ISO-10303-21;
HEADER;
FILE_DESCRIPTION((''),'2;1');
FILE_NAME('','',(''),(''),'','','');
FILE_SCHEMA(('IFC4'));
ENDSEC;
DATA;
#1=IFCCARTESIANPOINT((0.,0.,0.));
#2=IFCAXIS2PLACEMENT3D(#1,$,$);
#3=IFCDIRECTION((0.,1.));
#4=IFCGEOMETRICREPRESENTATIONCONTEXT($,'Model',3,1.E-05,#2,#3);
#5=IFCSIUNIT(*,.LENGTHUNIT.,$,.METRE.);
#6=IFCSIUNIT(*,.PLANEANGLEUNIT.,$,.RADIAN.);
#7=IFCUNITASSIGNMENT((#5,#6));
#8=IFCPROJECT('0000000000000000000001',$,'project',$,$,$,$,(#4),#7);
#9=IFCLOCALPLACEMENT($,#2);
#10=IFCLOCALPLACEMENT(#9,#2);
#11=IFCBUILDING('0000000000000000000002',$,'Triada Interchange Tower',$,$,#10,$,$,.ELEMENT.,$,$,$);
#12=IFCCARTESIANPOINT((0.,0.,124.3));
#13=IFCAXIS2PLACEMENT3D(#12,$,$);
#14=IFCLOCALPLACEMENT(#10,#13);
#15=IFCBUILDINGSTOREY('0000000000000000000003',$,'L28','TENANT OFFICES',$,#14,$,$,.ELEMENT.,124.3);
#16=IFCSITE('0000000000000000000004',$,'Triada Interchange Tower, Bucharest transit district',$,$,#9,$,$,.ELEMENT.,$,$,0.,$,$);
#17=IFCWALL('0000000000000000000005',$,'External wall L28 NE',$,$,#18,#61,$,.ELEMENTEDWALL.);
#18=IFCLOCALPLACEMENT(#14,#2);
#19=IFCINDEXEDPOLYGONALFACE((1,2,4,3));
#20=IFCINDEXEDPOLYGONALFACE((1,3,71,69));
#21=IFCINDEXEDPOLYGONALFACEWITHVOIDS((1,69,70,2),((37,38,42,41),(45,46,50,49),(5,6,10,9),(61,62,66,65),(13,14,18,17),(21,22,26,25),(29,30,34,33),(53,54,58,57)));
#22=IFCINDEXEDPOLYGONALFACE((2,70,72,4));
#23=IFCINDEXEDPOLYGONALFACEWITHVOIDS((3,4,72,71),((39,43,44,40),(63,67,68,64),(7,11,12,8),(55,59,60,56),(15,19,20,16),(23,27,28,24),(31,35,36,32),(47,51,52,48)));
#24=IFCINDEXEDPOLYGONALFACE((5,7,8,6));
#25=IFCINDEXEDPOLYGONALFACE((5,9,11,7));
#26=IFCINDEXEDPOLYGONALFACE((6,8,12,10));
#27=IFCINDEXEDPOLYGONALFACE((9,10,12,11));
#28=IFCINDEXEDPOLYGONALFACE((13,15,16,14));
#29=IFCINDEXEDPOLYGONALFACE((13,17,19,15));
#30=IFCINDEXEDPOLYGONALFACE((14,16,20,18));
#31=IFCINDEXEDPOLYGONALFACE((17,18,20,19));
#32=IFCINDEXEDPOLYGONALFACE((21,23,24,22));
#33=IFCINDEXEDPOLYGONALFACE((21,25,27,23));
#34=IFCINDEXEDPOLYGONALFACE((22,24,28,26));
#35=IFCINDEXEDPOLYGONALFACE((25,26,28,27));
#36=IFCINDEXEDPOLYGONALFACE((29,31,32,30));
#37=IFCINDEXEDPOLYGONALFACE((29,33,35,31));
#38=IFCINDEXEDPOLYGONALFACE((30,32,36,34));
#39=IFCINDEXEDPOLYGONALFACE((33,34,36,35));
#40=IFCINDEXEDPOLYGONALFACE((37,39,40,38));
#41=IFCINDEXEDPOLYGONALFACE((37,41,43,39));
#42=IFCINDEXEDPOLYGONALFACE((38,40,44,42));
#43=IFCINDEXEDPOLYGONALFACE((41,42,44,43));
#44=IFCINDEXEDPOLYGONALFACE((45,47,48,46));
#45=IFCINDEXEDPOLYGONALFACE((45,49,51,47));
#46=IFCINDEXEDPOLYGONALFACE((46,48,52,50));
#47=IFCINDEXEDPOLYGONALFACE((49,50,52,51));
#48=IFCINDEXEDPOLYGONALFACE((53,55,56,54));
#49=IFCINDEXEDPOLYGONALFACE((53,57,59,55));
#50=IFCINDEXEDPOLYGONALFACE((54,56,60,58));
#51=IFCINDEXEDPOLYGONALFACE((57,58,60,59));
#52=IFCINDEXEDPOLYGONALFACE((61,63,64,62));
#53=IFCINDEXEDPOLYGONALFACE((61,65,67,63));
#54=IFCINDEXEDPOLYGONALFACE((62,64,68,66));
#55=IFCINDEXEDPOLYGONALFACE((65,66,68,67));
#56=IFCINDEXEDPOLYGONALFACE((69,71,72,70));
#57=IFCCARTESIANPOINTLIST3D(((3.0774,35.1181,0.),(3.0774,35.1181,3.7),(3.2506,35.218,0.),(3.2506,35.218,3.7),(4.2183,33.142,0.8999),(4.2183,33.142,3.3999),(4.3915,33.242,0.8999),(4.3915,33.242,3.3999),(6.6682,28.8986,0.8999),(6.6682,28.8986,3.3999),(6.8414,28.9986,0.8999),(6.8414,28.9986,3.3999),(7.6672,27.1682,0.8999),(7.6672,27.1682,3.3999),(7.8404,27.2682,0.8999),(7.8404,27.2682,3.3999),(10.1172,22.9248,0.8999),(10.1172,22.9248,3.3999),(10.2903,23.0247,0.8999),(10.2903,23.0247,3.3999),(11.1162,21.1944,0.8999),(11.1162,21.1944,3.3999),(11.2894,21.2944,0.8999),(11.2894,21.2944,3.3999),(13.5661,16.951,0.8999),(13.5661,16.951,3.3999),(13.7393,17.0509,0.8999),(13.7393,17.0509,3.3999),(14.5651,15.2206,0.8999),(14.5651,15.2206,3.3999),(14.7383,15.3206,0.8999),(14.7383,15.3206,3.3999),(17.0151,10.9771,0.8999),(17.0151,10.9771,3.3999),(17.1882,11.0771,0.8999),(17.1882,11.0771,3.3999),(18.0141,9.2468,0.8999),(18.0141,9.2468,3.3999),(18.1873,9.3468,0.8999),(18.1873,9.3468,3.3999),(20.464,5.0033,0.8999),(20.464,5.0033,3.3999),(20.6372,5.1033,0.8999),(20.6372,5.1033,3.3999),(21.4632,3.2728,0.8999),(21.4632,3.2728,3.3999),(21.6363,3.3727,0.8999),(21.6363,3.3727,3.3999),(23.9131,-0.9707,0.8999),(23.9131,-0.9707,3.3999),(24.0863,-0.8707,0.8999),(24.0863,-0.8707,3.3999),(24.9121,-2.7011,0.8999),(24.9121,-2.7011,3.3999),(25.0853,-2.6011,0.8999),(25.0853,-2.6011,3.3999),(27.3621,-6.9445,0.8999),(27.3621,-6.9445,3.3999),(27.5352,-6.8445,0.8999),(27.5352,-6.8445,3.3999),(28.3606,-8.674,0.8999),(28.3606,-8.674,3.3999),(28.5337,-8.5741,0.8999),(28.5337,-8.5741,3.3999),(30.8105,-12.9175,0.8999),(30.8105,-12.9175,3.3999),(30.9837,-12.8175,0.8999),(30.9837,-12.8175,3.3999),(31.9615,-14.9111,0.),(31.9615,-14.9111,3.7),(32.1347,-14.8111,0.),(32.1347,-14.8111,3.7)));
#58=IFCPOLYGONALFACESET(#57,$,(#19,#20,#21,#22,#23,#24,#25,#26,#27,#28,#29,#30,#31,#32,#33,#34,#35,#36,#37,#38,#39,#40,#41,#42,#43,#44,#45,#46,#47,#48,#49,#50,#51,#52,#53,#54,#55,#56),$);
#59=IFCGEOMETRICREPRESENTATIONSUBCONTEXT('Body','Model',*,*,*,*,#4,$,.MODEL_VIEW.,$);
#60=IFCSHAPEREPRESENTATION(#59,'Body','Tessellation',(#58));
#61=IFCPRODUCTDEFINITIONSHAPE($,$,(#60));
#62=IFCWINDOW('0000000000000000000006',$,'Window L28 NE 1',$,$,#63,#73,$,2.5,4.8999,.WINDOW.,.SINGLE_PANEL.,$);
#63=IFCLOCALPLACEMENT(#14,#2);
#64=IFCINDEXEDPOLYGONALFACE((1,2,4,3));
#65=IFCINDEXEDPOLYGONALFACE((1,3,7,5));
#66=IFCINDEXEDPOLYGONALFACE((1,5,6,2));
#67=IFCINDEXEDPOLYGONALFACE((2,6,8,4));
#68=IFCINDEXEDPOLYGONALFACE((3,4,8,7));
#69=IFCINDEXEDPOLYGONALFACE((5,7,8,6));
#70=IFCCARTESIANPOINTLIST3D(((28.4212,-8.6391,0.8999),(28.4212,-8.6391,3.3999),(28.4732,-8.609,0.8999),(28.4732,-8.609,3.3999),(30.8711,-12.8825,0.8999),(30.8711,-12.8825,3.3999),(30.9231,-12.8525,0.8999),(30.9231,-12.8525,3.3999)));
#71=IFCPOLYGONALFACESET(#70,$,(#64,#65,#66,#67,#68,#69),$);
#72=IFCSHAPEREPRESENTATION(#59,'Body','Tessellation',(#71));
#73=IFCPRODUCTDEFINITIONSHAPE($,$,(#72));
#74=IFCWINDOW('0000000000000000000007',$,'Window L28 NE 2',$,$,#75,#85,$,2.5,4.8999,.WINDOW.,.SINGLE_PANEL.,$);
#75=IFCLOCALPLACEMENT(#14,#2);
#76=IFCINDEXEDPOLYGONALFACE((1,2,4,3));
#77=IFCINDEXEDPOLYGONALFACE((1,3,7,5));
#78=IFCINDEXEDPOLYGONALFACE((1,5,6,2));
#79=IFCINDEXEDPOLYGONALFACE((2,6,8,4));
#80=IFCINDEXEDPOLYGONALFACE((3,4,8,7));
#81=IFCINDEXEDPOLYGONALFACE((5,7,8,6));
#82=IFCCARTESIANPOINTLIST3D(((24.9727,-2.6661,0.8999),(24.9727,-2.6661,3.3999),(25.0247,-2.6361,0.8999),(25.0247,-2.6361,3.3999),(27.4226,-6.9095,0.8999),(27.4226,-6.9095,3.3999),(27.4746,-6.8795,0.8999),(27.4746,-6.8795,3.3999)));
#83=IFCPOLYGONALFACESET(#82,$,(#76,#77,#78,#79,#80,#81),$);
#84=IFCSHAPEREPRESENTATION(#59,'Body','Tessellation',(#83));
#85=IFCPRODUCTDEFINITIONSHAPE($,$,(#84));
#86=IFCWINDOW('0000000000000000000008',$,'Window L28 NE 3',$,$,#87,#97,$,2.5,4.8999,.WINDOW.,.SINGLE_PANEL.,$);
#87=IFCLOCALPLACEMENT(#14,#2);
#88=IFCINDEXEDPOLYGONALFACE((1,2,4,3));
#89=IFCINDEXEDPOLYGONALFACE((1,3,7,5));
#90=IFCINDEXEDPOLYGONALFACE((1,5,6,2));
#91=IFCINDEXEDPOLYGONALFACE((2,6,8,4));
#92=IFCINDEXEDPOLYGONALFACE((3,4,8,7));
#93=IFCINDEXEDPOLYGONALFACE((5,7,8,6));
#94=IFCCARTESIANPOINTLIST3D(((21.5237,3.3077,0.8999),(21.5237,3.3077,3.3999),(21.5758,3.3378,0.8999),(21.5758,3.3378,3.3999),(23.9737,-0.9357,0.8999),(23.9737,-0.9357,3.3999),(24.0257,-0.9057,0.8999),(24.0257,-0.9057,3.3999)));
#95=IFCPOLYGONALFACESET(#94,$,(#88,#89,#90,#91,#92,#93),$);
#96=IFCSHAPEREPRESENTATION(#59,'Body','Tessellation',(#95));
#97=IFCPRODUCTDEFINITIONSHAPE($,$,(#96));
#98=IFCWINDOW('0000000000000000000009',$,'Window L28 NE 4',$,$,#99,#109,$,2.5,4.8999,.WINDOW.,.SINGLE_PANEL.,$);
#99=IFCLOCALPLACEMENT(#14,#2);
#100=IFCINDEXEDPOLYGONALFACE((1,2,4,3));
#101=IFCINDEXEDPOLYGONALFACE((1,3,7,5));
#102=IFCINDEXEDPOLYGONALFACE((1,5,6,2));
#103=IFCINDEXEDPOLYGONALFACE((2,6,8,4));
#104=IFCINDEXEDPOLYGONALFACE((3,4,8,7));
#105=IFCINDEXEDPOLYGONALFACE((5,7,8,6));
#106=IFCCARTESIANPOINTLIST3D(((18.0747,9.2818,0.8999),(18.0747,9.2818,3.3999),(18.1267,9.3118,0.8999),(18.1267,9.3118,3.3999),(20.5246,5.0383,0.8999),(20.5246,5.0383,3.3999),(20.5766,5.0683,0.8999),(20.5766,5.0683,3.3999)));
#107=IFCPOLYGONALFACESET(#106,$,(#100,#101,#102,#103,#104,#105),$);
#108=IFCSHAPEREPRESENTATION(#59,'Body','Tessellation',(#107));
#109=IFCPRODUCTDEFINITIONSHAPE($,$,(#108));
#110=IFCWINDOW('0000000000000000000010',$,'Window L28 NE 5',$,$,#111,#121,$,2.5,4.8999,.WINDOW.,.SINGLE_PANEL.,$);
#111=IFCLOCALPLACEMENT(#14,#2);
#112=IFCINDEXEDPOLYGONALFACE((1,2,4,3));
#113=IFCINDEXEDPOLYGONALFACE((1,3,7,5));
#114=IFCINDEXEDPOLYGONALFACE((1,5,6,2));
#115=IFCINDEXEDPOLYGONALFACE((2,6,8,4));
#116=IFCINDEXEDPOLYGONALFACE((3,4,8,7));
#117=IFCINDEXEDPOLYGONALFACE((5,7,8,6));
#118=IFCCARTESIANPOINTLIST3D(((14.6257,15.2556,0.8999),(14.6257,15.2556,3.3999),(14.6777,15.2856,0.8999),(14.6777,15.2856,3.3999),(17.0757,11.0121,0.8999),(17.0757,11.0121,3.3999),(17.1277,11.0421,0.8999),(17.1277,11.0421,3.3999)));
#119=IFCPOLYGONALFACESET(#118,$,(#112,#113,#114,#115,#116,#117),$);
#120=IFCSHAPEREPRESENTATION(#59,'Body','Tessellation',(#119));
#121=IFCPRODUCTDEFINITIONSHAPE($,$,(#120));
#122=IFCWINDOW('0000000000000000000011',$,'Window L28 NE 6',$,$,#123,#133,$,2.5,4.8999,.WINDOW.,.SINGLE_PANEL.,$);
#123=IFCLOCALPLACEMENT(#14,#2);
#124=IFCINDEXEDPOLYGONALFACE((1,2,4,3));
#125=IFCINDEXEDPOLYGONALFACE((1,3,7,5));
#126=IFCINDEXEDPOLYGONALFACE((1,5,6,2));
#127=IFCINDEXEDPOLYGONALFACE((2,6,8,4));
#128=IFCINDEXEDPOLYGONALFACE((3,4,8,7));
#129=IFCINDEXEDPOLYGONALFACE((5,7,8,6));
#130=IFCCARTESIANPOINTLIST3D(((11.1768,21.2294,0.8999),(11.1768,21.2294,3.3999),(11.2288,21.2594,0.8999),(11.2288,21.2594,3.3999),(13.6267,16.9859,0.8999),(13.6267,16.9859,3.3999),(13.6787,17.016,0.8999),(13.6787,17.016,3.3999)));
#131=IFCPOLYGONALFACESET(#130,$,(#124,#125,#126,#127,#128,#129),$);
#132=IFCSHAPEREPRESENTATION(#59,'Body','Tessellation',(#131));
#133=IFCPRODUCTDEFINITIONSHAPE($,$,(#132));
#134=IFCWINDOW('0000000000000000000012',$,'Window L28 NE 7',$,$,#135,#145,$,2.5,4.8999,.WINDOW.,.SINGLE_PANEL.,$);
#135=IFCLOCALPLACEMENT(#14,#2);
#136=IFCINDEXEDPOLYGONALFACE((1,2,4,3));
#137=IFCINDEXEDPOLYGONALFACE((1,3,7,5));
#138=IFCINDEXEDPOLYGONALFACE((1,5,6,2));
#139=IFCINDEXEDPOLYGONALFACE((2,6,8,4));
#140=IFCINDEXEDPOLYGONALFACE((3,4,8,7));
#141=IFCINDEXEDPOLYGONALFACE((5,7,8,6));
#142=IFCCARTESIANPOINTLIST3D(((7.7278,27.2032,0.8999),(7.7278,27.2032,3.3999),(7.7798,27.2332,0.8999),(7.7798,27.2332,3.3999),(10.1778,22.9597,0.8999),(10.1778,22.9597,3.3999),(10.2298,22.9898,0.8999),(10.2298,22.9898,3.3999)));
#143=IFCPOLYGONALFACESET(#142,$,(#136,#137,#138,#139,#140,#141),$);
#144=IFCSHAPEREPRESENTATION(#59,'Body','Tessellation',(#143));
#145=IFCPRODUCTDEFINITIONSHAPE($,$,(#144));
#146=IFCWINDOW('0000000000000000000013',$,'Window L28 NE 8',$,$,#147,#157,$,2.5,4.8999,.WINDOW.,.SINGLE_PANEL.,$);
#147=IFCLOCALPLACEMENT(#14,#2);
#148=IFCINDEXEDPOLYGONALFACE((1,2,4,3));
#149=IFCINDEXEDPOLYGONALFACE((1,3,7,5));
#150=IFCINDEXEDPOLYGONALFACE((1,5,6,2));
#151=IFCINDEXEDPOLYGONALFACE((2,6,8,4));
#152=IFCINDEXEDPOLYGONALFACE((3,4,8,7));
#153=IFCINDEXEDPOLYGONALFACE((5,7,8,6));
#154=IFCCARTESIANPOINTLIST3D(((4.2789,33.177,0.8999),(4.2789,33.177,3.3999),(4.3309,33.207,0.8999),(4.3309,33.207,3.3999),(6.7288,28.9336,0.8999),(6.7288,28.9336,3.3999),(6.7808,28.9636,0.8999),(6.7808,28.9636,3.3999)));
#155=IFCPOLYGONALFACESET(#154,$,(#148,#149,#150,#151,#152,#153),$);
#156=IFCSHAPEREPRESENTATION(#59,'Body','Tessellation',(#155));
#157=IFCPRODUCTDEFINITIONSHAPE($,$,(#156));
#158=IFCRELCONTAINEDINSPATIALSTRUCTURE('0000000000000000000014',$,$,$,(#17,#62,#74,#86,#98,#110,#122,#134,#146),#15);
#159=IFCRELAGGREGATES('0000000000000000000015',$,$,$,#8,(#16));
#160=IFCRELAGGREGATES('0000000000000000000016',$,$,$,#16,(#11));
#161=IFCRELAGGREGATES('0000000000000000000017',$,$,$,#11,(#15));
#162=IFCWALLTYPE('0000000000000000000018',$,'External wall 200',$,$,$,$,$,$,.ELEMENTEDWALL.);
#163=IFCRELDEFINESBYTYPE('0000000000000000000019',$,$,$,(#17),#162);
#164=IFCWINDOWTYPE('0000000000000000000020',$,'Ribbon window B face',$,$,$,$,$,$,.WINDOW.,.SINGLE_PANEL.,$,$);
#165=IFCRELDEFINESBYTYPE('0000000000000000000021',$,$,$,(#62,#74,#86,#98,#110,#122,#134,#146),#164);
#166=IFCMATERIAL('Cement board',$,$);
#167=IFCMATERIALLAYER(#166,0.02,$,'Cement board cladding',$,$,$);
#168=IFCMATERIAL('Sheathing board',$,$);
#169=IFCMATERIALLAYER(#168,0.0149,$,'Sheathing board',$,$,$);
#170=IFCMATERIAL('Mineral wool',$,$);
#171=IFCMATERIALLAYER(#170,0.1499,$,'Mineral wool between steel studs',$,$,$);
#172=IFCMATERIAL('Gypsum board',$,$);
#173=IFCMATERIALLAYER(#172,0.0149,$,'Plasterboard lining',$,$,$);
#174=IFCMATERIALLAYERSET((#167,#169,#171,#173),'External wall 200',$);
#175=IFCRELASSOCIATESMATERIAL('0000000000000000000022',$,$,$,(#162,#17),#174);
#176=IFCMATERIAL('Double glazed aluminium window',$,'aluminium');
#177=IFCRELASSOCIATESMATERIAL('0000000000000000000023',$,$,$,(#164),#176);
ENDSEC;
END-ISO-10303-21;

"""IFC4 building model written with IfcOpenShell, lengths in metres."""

from ifc_helpers import new_model, si_unit, direction, frame, frame_2d, origin, place, context, subcontext, project, spatial, rectangle, extrude, material, layer, layer_set, layer_usage, type_object, element, fill, save


model = new_model("IFC4")

# Units and contexts
model_context = context("Model", 3, precision=1e-05, world=origin(), true_north=direction((0.0, 1.0)))
body_context = subcontext(model_context, "Body", "Model", "MODEL_VIEW")
ifc_project = project(units=[si_unit("LENGTHUNIT", "METRE"), si_unit("PLANEANGLEUNIT", "RADIAN")], contexts=[model_context])

# Site, building, storey
site_placement = place(None, origin())
site = spatial("IfcSite", under=ifc_project, at=site_placement, Name="Triada Interchange Tower, Bucharest transit district", CompositionType="ELEMENT", RefElevation=0.0)
building_placement = place(site_placement, origin())
building = spatial("IfcBuilding", under=site, at=building_placement, Name="Triada Interchange Tower", CompositionType="ELEMENT")
storey_placement = place(building_placement, frame((0.0, 0.0, 124.3)))
storey = spatial("IfcBuildingStorey", under=building, at=storey_placement, Name="L28", Description="TENANT OFFICES", CompositionType="ELEMENT", Elevation=124.3)

# Shared definitions
ifc_material_1 = material(Name="Cement board")
ifc_layer_1 = layer(ifc_material_1, 0.02, Name="Cement board cladding")
ifc_material_2 = material(Name="Sheathing board")
ifc_layer_2 = layer(ifc_material_2, 0.0149, Name="Sheathing board")
ifc_material_3 = material(Name="Mineral wool")
ifc_layer_3 = layer(ifc_material_3, 0.1499, Name="Mineral wool between steel studs")
ifc_material_4 = material(Name="Gypsum board")
ifc_layer_4 = layer(ifc_material_4, 0.0149, Name="Plasterboard lining")
ifc_layer_set_1 = layer_set([ifc_layer_1, ifc_layer_2, ifc_layer_3, ifc_layer_4], Name="External wall 200")
ifc_layer_usage = layer_usage(ifc_layer_set_1, "AXIS2", "POSITIVE", -0.1001)
wall_type_1 = type_object("IfcWallType", Name="External wall 200", PredefinedType="ELEMENTEDWALL", material=ifc_layer_set_1)
ifc_material_5 = material(Name="Double glazed aluminium window", Category="aluminium")

# Wall, openings, windows
wall_1_placement = place(storey_placement, frame((32.0481, -14.8611, 0.0), z_axis=(0.0, 0.0, 1.0), x_axis=(-0.499997, 0.866027, 0.0)))
wall_1 = element("IfcWall", 1, at=wall_1_placement, inside=storey, type_object=wall_type_1, material=ifc_layer_usage, Name="External wall L28 NE", PredefinedType="ELEMENTEDWALL", context=body_context, shape_type="SweptSolid", body=[
    extrude(rectangle(XDim=57.7686, YDim=0.2, at=frame_2d((28.8843, 0.0))), origin(), (0.0, 0.0, 1.0), 3.7),
])
opening_1_placement = place(wall_1_placement, frame((2.302, 0.0, 0.8999)))
opening_1 = element("IfcOpeningElement", 2, at=opening_1_placement, cuts=wall_1, PredefinedType="OPENING", context=body_context, shape_type="SweptSolid", body=[
    extrude(rectangle(XDim=4.8999, YDim=2.5, at=frame_2d((2.45, 1.25))), frame((0.0, 0.1099, 0.0), z_axis=(0.0, -1.0, 0.0), x_axis=(1.0, 0.0, 0.0)), (0.0, 0.0, 1.0), 0.22),
])
opening_2_placement = place(wall_1_placement, frame((9.199, 0.0, 0.8999)))
opening_2 = element("IfcOpeningElement", 3, at=opening_2_placement, cuts=wall_1, PredefinedType="OPENING", context=body_context, shape_type="SweptSolid", body=[
    extrude(rectangle(XDim=4.8999, YDim=2.5, at=frame_2d((2.45, 1.25))), frame((0.0, 0.1099, 0.0), z_axis=(0.0, -1.0, 0.0), x_axis=(1.0, 0.0, 0.0)), (0.0, 0.0, 1.0), 0.22),
])
opening_3_placement = place(wall_1_placement, frame((16.0969, 0.0, 0.8999)))
opening_3 = element("IfcOpeningElement", 4, at=opening_3_placement, cuts=wall_1, PredefinedType="OPENING", context=body_context, shape_type="SweptSolid", body=[
    extrude(rectangle(XDim=4.8999, YDim=2.5, at=frame_2d((2.45, 1.25))), frame((0.0, 0.1099, 0.0), z_axis=(0.0, -1.0, 0.0), x_axis=(1.0, 0.0, 0.0)), (0.0, 0.0, 1.0), 0.22),
])
opening_4_placement = place(wall_1_placement, frame((22.9951, 0.0, 0.8999)))
opening_4 = element("IfcOpeningElement", 5, at=opening_4_placement, cuts=wall_1, PredefinedType="OPENING", context=body_context, shape_type="SweptSolid", body=[
    extrude(rectangle(XDim=4.8999, YDim=2.5, at=frame_2d((2.45, 1.25))), frame((0.0, 0.1099, 0.0), z_axis=(0.0, -1.0, 0.0), x_axis=(1.0, 0.0, 0.0)), (0.0, 0.0, 1.0), 0.22),
])
opening_5_placement = place(wall_1_placement, frame((29.8931, 0.0, 0.8999)))
opening_5 = element("IfcOpeningElement", 6, at=opening_5_placement, cuts=wall_1, PredefinedType="OPENING", context=body_context, shape_type="SweptSolid", body=[
    extrude(rectangle(XDim=4.8999, YDim=2.5, at=frame_2d((2.45, 1.25))), frame((0.0, 0.1099, 0.0), z_axis=(0.0, -1.0, 0.0), x_axis=(1.0, 0.0, 0.0)), (0.0, 0.0, 1.0), 0.22),
])
opening_6_placement = place(wall_1_placement, frame((36.791, 0.0, 0.8999)))
opening_6 = element("IfcOpeningElement", 7, at=opening_6_placement, cuts=wall_1, PredefinedType="OPENING", context=body_context, shape_type="SweptSolid", body=[
    extrude(rectangle(XDim=4.8999, YDim=2.5, at=frame_2d((2.45, 1.25))), frame((0.0, 0.1099, 0.0), z_axis=(0.0, -1.0, 0.0), x_axis=(1.0, 0.0, 0.0)), (0.0, 0.0, 1.0), 0.22),
])
opening_7_placement = place(wall_1_placement, frame((43.689, 0.0, 0.8999)))
opening_7 = element("IfcOpeningElement", 8, at=opening_7_placement, cuts=wall_1, PredefinedType="OPENING", context=body_context, shape_type="SweptSolid", body=[
    extrude(rectangle(XDim=4.8999, YDim=2.5, at=frame_2d((2.45, 1.25))), frame((0.0, 0.1099, 0.0), z_axis=(0.0, -1.0, 0.0), x_axis=(1.0, 0.0, 0.0)), (0.0, 0.0, 1.0), 0.22),
])
opening_8_placement = place(wall_1_placement, frame((50.5869, 0.0, 0.8999)))
opening_8 = element("IfcOpeningElement", 9, at=opening_8_placement, cuts=wall_1, PredefinedType="OPENING", context=body_context, shape_type="SweptSolid", body=[
    extrude(rectangle(XDim=4.8999, YDim=2.5, at=frame_2d((2.45, 1.25))), frame((0.0, 0.1099, 0.0), z_axis=(0.0, -1.0, 0.0), x_axis=(1.0, 0.0, 0.0)), (0.0, 0.0, 1.0), 0.22),
])
window_type_1 = type_object("IfcWindowType", Name="Ribbon window B face", PartitioningType="SINGLE_PANEL", PredefinedType="WINDOW", material=ifc_material_5)
window_1_placement = place(opening_1_placement, origin())
window_1 = element("IfcWindow", 10, at=window_1_placement, inside=storey, type_object=window_type_1, Name="Window L28 NE 1", OverallHeight=2.5, OverallWidth=4.8999, PartitioningType="SINGLE_PANEL", PredefinedType="WINDOW", context=body_context, shape_type="SweptSolid", body=[
    extrude(rectangle(XDim=4.8999, YDim=2.5, at=frame_2d((2.45, 1.25))), frame((0.0, 0.03, 0.0), z_axis=(0.0, -1.0, 0.0), x_axis=(1.0, 0.0, 0.0)), (0.0, 0.0, 1.0), 0.0601),
])
fill(opening_1, window_1)
window_2_placement = place(opening_2_placement, origin())
window_2 = element("IfcWindow", 11, at=window_2_placement, inside=storey, type_object=window_type_1, Name="Window L28 NE 2", OverallHeight=2.5, OverallWidth=4.8999, PartitioningType="SINGLE_PANEL", PredefinedType="WINDOW", context=body_context, shape_type="SweptSolid", body=[
    extrude(rectangle(XDim=4.8999, YDim=2.5, at=frame_2d((2.45, 1.25))), frame((0.0, 0.03, 0.0), z_axis=(0.0, -1.0, 0.0), x_axis=(1.0, 0.0, 0.0)), (0.0, 0.0, 1.0), 0.0601),
])
fill(opening_2, window_2)
window_3_placement = place(opening_3_placement, origin())
window_3 = element("IfcWindow", 12, at=window_3_placement, inside=storey, type_object=window_type_1, Name="Window L28 NE 3", OverallHeight=2.5, OverallWidth=4.8999, PartitioningType="SINGLE_PANEL", PredefinedType="WINDOW", context=body_context, shape_type="SweptSolid", body=[
    extrude(rectangle(XDim=4.8999, YDim=2.5, at=frame_2d((2.45, 1.25))), frame((0.0, 0.03, 0.0), z_axis=(0.0, -1.0, 0.0), x_axis=(1.0, 0.0, 0.0)), (0.0, 0.0, 1.0), 0.0601),
])
fill(opening_3, window_3)
window_4_placement = place(opening_4_placement, origin())
window_4 = element("IfcWindow", 13, at=window_4_placement, inside=storey, type_object=window_type_1, Name="Window L28 NE 4", OverallHeight=2.5, OverallWidth=4.8999, PartitioningType="SINGLE_PANEL", PredefinedType="WINDOW", context=body_context, shape_type="SweptSolid", body=[
    extrude(rectangle(XDim=4.8999, YDim=2.5, at=frame_2d((2.45, 1.25))), frame((0.0, 0.03, 0.0), z_axis=(0.0, -1.0, 0.0), x_axis=(1.0, 0.0, 0.0)), (0.0, 0.0, 1.0), 0.0601),
])
fill(opening_4, window_4)
window_5_placement = place(opening_5_placement, origin())
window_5 = element("IfcWindow", 14, at=window_5_placement, inside=storey, type_object=window_type_1, Name="Window L28 NE 5", OverallHeight=2.5, OverallWidth=4.8999, PartitioningType="SINGLE_PANEL", PredefinedType="WINDOW", context=body_context, shape_type="SweptSolid", body=[
    extrude(rectangle(XDim=4.8999, YDim=2.5, at=frame_2d((2.45, 1.25))), frame((0.0, 0.03, 0.0), z_axis=(0.0, -1.0, 0.0), x_axis=(1.0, 0.0, 0.0)), (0.0, 0.0, 1.0), 0.0601),
])
fill(opening_5, window_5)
window_6_placement = place(opening_6_placement, origin())
window_6 = element("IfcWindow", 15, at=window_6_placement, inside=storey, type_object=window_type_1, Name="Window L28 NE 6", OverallHeight=2.5, OverallWidth=4.8999, PartitioningType="SINGLE_PANEL", PredefinedType="WINDOW", context=body_context, shape_type="SweptSolid", body=[
    extrude(rectangle(XDim=4.8999, YDim=2.5, at=frame_2d((2.45, 1.25))), frame((0.0, 0.03, 0.0), z_axis=(0.0, -1.0, 0.0), x_axis=(1.0, 0.0, 0.0)), (0.0, 0.0, 1.0), 0.0601),
])
fill(opening_6, window_6)
window_7_placement = place(opening_7_placement, origin())
window_7 = element("IfcWindow", 16, at=window_7_placement, inside=storey, type_object=window_type_1, Name="Window L28 NE 7", OverallHeight=2.5, OverallWidth=4.8999, PartitioningType="SINGLE_PANEL", PredefinedType="WINDOW", context=body_context, shape_type="SweptSolid", body=[
    extrude(rectangle(XDim=4.8999, YDim=2.5, at=frame_2d((2.45, 1.25))), frame((0.0, 0.03, 0.0), z_axis=(0.0, -1.0, 0.0), x_axis=(1.0, 0.0, 0.0)), (0.0, 0.0, 1.0), 0.0601),
])
fill(opening_7, window_7)
window_8_placement = place(opening_8_placement, origin())
window_8 = element("IfcWindow", 17, at=window_8_placement, inside=storey, type_object=window_type_1, Name="Window L28 NE 8", OverallHeight=2.5, OverallWidth=4.8999, PartitioningType="SINGLE_PANEL", PredefinedType="WINDOW", context=body_context, shape_type="SweptSolid", body=[
    extrude(rectangle(XDim=4.8999, YDim=2.5, at=frame_2d((2.45, 1.25))), frame((0.0, 0.03, 0.0), z_axis=(0.0, -1.0, 0.0), x_axis=(1.0, 0.0, 0.0)), (0.0, 0.0, 1.0), 0.0601),
])
fill(opening_8, window_8)

save(model, "model.ifc")
